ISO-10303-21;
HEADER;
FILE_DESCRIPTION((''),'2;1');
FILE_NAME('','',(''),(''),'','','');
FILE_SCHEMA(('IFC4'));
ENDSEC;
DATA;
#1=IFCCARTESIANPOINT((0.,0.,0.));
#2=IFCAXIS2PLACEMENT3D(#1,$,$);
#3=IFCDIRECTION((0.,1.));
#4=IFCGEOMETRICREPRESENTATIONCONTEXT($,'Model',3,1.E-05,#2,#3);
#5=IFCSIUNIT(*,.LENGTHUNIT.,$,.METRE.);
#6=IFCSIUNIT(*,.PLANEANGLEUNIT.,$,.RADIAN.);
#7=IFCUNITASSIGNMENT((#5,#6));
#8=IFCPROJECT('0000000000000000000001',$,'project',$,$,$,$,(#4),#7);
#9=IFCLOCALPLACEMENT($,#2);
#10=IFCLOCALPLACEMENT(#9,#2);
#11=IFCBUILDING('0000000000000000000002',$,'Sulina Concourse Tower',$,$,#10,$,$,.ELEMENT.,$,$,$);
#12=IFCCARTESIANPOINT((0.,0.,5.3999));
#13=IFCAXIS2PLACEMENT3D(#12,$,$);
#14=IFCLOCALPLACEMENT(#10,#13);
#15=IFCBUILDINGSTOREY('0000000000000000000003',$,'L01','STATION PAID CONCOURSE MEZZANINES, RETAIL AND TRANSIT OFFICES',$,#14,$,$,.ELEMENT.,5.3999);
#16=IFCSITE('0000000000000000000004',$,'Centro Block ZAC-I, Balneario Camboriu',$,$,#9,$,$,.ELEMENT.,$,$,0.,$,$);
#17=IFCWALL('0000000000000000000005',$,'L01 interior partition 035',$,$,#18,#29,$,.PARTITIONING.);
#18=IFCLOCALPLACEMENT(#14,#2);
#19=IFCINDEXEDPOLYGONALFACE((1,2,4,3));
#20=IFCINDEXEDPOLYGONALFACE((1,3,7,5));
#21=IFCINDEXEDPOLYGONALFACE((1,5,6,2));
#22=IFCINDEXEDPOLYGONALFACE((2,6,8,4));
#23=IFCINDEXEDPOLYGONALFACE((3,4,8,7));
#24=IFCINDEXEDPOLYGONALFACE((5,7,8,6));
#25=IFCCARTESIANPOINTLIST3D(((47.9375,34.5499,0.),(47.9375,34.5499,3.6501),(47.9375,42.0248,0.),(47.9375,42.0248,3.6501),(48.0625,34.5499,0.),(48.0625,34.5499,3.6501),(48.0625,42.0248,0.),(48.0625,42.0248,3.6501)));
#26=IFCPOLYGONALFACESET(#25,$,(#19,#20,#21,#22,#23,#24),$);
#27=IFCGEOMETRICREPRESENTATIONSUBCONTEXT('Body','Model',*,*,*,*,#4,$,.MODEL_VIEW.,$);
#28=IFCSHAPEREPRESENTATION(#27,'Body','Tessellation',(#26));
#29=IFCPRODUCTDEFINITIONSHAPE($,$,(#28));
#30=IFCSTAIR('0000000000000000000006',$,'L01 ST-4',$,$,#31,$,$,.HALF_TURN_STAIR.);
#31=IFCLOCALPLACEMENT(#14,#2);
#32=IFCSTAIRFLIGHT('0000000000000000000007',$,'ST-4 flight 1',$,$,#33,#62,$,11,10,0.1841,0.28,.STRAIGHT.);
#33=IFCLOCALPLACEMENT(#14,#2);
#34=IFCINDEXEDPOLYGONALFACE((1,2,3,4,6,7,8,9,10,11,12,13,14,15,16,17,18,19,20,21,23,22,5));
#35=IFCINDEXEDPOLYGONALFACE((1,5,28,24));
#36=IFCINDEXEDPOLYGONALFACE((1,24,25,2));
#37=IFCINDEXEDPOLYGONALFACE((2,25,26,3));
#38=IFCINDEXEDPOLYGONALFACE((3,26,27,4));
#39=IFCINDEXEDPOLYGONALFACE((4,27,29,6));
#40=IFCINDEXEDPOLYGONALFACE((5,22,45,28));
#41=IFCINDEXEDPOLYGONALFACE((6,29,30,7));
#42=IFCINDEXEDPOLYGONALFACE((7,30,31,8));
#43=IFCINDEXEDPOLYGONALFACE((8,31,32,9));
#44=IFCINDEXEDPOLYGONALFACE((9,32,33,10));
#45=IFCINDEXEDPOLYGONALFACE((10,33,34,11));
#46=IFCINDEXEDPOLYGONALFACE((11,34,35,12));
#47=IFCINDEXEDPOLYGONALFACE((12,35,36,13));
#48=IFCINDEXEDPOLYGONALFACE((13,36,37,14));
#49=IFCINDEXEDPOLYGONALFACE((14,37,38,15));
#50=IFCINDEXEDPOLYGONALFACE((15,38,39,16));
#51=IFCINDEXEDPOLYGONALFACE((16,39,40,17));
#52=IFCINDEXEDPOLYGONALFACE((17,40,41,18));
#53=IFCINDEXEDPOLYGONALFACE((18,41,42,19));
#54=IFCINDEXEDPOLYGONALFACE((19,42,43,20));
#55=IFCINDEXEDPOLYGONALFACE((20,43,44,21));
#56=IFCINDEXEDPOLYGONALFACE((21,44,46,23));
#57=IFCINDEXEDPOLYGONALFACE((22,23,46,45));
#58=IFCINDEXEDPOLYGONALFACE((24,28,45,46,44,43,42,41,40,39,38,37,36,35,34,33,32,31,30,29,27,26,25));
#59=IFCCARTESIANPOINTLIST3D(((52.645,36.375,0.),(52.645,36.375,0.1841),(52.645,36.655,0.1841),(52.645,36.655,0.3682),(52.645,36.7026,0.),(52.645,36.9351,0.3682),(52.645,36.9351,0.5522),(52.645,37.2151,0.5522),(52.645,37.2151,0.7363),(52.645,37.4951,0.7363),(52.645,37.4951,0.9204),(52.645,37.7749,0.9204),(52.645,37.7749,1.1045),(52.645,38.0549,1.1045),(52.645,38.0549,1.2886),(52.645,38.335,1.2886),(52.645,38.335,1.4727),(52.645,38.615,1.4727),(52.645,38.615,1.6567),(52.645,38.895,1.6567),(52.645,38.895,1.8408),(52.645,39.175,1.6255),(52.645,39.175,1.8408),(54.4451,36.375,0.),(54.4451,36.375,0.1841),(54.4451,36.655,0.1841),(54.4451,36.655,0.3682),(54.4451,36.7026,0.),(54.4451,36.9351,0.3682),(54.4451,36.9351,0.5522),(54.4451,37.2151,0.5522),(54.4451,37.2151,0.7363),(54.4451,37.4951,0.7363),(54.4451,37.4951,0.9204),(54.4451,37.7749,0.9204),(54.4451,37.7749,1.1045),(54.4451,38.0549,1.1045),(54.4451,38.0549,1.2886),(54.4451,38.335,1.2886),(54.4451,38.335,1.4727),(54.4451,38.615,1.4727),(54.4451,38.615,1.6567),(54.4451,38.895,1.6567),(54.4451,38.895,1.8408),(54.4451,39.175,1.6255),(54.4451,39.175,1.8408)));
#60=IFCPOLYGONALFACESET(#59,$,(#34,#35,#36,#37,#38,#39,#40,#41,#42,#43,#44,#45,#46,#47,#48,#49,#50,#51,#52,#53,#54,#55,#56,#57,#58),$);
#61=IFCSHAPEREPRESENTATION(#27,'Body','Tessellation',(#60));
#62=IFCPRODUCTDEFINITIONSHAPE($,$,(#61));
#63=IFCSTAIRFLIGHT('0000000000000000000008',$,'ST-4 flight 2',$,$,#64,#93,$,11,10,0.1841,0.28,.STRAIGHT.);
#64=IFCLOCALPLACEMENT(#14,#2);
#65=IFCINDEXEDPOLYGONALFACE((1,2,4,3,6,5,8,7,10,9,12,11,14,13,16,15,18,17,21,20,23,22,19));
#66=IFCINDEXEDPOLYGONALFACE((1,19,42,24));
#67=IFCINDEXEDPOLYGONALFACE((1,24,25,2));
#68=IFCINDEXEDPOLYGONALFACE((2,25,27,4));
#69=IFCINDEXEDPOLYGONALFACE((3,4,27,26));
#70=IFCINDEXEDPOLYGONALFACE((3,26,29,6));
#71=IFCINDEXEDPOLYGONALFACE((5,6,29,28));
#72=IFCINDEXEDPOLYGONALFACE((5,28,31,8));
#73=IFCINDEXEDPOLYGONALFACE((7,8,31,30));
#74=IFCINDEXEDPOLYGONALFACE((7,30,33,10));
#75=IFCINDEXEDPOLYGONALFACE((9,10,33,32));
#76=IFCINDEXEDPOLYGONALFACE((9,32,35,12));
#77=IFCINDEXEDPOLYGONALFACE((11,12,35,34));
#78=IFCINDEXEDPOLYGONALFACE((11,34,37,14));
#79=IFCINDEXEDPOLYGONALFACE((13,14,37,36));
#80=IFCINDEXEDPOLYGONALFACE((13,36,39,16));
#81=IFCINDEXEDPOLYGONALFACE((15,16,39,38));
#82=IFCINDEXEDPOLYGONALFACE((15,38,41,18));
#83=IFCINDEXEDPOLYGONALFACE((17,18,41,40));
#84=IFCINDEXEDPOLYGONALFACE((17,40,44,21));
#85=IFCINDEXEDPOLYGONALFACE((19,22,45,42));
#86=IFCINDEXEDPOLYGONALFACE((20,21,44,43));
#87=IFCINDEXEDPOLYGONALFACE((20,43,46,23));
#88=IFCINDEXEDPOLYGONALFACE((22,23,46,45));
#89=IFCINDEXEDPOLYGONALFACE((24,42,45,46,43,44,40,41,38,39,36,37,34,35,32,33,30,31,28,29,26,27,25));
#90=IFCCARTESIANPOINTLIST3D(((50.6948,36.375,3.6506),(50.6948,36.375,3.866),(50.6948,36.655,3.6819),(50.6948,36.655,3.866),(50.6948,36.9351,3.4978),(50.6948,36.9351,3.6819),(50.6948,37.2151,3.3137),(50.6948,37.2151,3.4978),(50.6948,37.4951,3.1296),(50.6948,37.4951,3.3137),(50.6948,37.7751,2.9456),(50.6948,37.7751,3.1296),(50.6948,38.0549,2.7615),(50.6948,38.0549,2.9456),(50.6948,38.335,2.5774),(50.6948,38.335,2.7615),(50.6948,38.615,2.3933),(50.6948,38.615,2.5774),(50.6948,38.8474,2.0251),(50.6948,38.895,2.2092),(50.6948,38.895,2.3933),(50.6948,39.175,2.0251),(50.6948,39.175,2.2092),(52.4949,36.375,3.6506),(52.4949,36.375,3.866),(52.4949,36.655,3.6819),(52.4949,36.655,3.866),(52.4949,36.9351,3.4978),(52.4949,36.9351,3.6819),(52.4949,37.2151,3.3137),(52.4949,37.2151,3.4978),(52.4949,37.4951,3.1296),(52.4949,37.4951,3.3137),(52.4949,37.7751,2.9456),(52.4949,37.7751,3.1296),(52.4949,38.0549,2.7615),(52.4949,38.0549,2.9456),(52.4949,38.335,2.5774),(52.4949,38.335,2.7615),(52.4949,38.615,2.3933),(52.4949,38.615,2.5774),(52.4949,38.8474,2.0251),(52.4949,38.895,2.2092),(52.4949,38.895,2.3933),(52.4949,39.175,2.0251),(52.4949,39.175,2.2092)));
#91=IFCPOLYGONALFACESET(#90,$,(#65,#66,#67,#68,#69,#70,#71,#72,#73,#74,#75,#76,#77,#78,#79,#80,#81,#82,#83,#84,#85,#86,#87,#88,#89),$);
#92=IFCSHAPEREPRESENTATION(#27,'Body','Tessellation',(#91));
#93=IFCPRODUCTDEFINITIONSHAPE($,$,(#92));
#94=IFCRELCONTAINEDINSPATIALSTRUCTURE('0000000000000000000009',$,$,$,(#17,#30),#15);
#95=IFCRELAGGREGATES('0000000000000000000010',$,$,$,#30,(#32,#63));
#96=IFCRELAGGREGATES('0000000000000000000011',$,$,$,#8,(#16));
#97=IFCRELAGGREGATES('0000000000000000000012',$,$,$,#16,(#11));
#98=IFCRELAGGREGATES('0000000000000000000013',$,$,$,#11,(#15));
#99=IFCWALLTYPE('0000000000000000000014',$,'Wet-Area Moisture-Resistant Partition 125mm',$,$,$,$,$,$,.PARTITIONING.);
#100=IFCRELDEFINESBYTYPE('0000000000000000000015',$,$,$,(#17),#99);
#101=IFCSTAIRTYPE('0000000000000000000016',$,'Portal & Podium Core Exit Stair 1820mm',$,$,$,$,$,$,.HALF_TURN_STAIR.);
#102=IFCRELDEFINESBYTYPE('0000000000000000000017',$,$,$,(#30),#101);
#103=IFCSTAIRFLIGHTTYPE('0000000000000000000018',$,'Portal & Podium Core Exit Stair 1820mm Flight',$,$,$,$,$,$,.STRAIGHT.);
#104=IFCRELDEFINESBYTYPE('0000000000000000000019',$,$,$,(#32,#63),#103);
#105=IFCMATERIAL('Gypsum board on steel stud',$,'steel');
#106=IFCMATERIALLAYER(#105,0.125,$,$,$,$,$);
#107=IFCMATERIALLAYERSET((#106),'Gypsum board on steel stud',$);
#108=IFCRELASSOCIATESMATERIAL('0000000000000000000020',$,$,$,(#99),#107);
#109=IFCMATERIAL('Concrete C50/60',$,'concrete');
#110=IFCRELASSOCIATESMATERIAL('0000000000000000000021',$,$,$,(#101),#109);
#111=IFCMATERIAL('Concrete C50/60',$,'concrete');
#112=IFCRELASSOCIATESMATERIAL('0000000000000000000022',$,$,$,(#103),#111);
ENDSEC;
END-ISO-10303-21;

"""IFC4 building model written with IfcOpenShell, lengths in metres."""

from ifc_helpers import new_model, si_unit, direction, frame, frame_2d, origin, place, context, subcontext, project, spatial, polyline, rectangle, outline, extrude, material, layer, layer_set, type_object, element, aggregate, save


model = new_model("IFC4")

# Units and contexts
model_context = context("Model", 3, precision=1e-05, world=origin(), true_north=direction((0.0, 1.0)))
body_context = subcontext(model_context, "Body", "Model", "MODEL_VIEW")
ifc_project = project(units=[si_unit("LENGTHUNIT", "METRE"), si_unit("PLANEANGLEUNIT", "RADIAN")], contexts=[model_context])

# Site, building, storey
site_placement = place(None, origin())
site = spatial("IfcSite", under=ifc_project, at=site_placement, Name="Centro Block ZAC-I, Balneario Camboriu", CompositionType="ELEMENT", RefElevation=0.0)
building_placement = place(site_placement, origin())
building = spatial("IfcBuilding", under=site, at=building_placement, Name="Sulina Concourse Tower", CompositionType="ELEMENT")
storey_placement = place(building_placement, frame((0.0, 0.0, 5.3999)))
storey = spatial("IfcBuildingStorey", under=building, at=storey_placement, Name="L01", Description="STATION PAID CONCOURSE MEZZANINES, RETAIL AND TRANSIT OFFICES", CompositionType="ELEMENT", Elevation=5.3999)

# Wall
ifc_material_1 = material(Name="Gypsum board on steel stud", Category="steel")
ifc_layer_1 = layer(ifc_material_1, 0.125)
ifc_layer_set_1 = layer_set([ifc_layer_1], Name="Gypsum board on steel stud")
wall_type_1 = type_object("IfcWallType", Name="Wet-Area Moisture-Resistant Partition 125mm", PredefinedType="PARTITIONING", material=ifc_layer_set_1)
wall_1_placement = place(storey_placement, frame((48.0, 34.55, 0.0), z_axis=(0.0, 0.0, 1.0), x_axis=(0.0, 1.0, 0.0)))
element("IfcWall", 1, at=wall_1_placement, inside=storey, type_object=wall_type_1, Name="L01 interior partition 035", PredefinedType="PARTITIONING", context=body_context, shape_type="SweptSolid", body=[
    extrude(rectangle(XDim=7.4749, YDim=0.125, at=frame_2d((3.7373, 0.0))), origin(), (0.0, 0.0, 1.0), 3.6501),
])

# Stair, stair flights
ifc_material_2 = material(Name="Concrete C50/60", Category="concrete")
stair_type = type_object("IfcStairType", Name="Portal & Podium Core Exit Stair 1820mm", PredefinedType="HALF_TURN_STAIR", material=ifc_material_2)
stair_placement = place(storey_placement, origin())
stair = element("IfcStair", 2, at=stair_placement, inside=storey, type_object=stair_type, Name="L01 ST-4", PredefinedType="HALF_TURN_STAIR")
ifc_material_3 = material(Name="Concrete C50/60", Category="concrete")
stair_flight_type = type_object("IfcStairFlightType", Name="Portal & Podium Core Exit Stair 1820mm Flight", PredefinedType="STRAIGHT", material=ifc_material_3)
stair_flight_1_placement = place(storey_placement, frame((53.5449, 36.375, 0.0), z_axis=(0.0, 0.0, 1.0), x_axis=(0.0, 1.0, 0.0)))
stair_flight_1 = element("IfcStairFlight", 3, at=stair_flight_1_placement, type_object=stair_flight_type, Name="ST-4 flight 1", NumberOfRisers=11, NumberOfTreads=10, PredefinedType="STRAIGHT", RiserHeight=0.1841, TreadLength=0.28, context=body_context, shape_type="SweptSolid", body=[
    extrude(outline(polyline([(0.0, 0.0), (0.0, 0.1841), (0.28, 0.1841), (0.28, 0.3682), (0.5601, 0.3682), (0.5601, 0.5522), (0.8401, 0.5522), (0.8401, 0.7363), (1.1201, 0.7363), (1.1201, 0.9204), (1.3999, 0.9204), (1.3999, 1.1045), (1.6799, 1.1045), (1.6799, 1.2886), (1.96, 1.2886), (1.96, 1.4727), (2.24, 1.4727), (2.24, 1.6567), (2.52, 1.6567), (2.52, 1.8408), (2.8, 1.8408), (2.8, 2.0249), (2.8, 1.6255), (0.3276, 0.0), (0.0, 0.0)])), frame((0.0, 0.8999, 0.0), z_axis=(0.0, -1.0, 0.0), x_axis=(1.0, 0.0, 0.0)), (0.0, 0.0, 1.0), 1.8),
])
stair_flight_2_placement = place(storey_placement, frame((51.595, 39.175, 2.0251), z_axis=(0.0, 0.0, 1.0), x_axis=(0.0, -1.0, 0.0)))
stair_flight_2 = element("IfcStairFlight", 4, at=stair_flight_2_placement, type_object=stair_flight_type, Name="ST-4 flight 2", NumberOfRisers=11, NumberOfTreads=10, PredefinedType="STRAIGHT", RiserHeight=0.1841, TreadLength=0.28, context=body_context, shape_type="SweptSolid", body=[
    extrude(outline(polyline([(0.0, 0.0), (0.0, 0.1841), (0.28, 0.1841), (0.28, 0.3682), (0.5601, 0.3682), (0.5601, 0.5522), (0.8401, 0.5522), (0.8401, 0.7363), (1.1201, 0.7363), (1.1201, 0.9204), (1.3999, 0.9204), (1.3999, 1.1045), (1.6799, 1.1045), (1.6799, 1.2886), (1.96, 1.2886), (1.96, 1.4727), (2.24, 1.4727), (2.24, 1.6567), (2.52, 1.6567), (2.52, 1.8408), (2.8, 1.8408), (2.8, 2.0249), (2.8, 1.6255), (0.3276, 0.0), (0.0, 0.0)])), frame((0.0, 0.8999, 0.0), z_axis=(0.0, -1.0, 0.0), x_axis=(1.0, 0.0, 0.0)), (0.0, 0.0, 1.0), 1.8),
])
aggregate(stair, [stair_flight_1, stair_flight_2])

save(model, "model.ifc")
